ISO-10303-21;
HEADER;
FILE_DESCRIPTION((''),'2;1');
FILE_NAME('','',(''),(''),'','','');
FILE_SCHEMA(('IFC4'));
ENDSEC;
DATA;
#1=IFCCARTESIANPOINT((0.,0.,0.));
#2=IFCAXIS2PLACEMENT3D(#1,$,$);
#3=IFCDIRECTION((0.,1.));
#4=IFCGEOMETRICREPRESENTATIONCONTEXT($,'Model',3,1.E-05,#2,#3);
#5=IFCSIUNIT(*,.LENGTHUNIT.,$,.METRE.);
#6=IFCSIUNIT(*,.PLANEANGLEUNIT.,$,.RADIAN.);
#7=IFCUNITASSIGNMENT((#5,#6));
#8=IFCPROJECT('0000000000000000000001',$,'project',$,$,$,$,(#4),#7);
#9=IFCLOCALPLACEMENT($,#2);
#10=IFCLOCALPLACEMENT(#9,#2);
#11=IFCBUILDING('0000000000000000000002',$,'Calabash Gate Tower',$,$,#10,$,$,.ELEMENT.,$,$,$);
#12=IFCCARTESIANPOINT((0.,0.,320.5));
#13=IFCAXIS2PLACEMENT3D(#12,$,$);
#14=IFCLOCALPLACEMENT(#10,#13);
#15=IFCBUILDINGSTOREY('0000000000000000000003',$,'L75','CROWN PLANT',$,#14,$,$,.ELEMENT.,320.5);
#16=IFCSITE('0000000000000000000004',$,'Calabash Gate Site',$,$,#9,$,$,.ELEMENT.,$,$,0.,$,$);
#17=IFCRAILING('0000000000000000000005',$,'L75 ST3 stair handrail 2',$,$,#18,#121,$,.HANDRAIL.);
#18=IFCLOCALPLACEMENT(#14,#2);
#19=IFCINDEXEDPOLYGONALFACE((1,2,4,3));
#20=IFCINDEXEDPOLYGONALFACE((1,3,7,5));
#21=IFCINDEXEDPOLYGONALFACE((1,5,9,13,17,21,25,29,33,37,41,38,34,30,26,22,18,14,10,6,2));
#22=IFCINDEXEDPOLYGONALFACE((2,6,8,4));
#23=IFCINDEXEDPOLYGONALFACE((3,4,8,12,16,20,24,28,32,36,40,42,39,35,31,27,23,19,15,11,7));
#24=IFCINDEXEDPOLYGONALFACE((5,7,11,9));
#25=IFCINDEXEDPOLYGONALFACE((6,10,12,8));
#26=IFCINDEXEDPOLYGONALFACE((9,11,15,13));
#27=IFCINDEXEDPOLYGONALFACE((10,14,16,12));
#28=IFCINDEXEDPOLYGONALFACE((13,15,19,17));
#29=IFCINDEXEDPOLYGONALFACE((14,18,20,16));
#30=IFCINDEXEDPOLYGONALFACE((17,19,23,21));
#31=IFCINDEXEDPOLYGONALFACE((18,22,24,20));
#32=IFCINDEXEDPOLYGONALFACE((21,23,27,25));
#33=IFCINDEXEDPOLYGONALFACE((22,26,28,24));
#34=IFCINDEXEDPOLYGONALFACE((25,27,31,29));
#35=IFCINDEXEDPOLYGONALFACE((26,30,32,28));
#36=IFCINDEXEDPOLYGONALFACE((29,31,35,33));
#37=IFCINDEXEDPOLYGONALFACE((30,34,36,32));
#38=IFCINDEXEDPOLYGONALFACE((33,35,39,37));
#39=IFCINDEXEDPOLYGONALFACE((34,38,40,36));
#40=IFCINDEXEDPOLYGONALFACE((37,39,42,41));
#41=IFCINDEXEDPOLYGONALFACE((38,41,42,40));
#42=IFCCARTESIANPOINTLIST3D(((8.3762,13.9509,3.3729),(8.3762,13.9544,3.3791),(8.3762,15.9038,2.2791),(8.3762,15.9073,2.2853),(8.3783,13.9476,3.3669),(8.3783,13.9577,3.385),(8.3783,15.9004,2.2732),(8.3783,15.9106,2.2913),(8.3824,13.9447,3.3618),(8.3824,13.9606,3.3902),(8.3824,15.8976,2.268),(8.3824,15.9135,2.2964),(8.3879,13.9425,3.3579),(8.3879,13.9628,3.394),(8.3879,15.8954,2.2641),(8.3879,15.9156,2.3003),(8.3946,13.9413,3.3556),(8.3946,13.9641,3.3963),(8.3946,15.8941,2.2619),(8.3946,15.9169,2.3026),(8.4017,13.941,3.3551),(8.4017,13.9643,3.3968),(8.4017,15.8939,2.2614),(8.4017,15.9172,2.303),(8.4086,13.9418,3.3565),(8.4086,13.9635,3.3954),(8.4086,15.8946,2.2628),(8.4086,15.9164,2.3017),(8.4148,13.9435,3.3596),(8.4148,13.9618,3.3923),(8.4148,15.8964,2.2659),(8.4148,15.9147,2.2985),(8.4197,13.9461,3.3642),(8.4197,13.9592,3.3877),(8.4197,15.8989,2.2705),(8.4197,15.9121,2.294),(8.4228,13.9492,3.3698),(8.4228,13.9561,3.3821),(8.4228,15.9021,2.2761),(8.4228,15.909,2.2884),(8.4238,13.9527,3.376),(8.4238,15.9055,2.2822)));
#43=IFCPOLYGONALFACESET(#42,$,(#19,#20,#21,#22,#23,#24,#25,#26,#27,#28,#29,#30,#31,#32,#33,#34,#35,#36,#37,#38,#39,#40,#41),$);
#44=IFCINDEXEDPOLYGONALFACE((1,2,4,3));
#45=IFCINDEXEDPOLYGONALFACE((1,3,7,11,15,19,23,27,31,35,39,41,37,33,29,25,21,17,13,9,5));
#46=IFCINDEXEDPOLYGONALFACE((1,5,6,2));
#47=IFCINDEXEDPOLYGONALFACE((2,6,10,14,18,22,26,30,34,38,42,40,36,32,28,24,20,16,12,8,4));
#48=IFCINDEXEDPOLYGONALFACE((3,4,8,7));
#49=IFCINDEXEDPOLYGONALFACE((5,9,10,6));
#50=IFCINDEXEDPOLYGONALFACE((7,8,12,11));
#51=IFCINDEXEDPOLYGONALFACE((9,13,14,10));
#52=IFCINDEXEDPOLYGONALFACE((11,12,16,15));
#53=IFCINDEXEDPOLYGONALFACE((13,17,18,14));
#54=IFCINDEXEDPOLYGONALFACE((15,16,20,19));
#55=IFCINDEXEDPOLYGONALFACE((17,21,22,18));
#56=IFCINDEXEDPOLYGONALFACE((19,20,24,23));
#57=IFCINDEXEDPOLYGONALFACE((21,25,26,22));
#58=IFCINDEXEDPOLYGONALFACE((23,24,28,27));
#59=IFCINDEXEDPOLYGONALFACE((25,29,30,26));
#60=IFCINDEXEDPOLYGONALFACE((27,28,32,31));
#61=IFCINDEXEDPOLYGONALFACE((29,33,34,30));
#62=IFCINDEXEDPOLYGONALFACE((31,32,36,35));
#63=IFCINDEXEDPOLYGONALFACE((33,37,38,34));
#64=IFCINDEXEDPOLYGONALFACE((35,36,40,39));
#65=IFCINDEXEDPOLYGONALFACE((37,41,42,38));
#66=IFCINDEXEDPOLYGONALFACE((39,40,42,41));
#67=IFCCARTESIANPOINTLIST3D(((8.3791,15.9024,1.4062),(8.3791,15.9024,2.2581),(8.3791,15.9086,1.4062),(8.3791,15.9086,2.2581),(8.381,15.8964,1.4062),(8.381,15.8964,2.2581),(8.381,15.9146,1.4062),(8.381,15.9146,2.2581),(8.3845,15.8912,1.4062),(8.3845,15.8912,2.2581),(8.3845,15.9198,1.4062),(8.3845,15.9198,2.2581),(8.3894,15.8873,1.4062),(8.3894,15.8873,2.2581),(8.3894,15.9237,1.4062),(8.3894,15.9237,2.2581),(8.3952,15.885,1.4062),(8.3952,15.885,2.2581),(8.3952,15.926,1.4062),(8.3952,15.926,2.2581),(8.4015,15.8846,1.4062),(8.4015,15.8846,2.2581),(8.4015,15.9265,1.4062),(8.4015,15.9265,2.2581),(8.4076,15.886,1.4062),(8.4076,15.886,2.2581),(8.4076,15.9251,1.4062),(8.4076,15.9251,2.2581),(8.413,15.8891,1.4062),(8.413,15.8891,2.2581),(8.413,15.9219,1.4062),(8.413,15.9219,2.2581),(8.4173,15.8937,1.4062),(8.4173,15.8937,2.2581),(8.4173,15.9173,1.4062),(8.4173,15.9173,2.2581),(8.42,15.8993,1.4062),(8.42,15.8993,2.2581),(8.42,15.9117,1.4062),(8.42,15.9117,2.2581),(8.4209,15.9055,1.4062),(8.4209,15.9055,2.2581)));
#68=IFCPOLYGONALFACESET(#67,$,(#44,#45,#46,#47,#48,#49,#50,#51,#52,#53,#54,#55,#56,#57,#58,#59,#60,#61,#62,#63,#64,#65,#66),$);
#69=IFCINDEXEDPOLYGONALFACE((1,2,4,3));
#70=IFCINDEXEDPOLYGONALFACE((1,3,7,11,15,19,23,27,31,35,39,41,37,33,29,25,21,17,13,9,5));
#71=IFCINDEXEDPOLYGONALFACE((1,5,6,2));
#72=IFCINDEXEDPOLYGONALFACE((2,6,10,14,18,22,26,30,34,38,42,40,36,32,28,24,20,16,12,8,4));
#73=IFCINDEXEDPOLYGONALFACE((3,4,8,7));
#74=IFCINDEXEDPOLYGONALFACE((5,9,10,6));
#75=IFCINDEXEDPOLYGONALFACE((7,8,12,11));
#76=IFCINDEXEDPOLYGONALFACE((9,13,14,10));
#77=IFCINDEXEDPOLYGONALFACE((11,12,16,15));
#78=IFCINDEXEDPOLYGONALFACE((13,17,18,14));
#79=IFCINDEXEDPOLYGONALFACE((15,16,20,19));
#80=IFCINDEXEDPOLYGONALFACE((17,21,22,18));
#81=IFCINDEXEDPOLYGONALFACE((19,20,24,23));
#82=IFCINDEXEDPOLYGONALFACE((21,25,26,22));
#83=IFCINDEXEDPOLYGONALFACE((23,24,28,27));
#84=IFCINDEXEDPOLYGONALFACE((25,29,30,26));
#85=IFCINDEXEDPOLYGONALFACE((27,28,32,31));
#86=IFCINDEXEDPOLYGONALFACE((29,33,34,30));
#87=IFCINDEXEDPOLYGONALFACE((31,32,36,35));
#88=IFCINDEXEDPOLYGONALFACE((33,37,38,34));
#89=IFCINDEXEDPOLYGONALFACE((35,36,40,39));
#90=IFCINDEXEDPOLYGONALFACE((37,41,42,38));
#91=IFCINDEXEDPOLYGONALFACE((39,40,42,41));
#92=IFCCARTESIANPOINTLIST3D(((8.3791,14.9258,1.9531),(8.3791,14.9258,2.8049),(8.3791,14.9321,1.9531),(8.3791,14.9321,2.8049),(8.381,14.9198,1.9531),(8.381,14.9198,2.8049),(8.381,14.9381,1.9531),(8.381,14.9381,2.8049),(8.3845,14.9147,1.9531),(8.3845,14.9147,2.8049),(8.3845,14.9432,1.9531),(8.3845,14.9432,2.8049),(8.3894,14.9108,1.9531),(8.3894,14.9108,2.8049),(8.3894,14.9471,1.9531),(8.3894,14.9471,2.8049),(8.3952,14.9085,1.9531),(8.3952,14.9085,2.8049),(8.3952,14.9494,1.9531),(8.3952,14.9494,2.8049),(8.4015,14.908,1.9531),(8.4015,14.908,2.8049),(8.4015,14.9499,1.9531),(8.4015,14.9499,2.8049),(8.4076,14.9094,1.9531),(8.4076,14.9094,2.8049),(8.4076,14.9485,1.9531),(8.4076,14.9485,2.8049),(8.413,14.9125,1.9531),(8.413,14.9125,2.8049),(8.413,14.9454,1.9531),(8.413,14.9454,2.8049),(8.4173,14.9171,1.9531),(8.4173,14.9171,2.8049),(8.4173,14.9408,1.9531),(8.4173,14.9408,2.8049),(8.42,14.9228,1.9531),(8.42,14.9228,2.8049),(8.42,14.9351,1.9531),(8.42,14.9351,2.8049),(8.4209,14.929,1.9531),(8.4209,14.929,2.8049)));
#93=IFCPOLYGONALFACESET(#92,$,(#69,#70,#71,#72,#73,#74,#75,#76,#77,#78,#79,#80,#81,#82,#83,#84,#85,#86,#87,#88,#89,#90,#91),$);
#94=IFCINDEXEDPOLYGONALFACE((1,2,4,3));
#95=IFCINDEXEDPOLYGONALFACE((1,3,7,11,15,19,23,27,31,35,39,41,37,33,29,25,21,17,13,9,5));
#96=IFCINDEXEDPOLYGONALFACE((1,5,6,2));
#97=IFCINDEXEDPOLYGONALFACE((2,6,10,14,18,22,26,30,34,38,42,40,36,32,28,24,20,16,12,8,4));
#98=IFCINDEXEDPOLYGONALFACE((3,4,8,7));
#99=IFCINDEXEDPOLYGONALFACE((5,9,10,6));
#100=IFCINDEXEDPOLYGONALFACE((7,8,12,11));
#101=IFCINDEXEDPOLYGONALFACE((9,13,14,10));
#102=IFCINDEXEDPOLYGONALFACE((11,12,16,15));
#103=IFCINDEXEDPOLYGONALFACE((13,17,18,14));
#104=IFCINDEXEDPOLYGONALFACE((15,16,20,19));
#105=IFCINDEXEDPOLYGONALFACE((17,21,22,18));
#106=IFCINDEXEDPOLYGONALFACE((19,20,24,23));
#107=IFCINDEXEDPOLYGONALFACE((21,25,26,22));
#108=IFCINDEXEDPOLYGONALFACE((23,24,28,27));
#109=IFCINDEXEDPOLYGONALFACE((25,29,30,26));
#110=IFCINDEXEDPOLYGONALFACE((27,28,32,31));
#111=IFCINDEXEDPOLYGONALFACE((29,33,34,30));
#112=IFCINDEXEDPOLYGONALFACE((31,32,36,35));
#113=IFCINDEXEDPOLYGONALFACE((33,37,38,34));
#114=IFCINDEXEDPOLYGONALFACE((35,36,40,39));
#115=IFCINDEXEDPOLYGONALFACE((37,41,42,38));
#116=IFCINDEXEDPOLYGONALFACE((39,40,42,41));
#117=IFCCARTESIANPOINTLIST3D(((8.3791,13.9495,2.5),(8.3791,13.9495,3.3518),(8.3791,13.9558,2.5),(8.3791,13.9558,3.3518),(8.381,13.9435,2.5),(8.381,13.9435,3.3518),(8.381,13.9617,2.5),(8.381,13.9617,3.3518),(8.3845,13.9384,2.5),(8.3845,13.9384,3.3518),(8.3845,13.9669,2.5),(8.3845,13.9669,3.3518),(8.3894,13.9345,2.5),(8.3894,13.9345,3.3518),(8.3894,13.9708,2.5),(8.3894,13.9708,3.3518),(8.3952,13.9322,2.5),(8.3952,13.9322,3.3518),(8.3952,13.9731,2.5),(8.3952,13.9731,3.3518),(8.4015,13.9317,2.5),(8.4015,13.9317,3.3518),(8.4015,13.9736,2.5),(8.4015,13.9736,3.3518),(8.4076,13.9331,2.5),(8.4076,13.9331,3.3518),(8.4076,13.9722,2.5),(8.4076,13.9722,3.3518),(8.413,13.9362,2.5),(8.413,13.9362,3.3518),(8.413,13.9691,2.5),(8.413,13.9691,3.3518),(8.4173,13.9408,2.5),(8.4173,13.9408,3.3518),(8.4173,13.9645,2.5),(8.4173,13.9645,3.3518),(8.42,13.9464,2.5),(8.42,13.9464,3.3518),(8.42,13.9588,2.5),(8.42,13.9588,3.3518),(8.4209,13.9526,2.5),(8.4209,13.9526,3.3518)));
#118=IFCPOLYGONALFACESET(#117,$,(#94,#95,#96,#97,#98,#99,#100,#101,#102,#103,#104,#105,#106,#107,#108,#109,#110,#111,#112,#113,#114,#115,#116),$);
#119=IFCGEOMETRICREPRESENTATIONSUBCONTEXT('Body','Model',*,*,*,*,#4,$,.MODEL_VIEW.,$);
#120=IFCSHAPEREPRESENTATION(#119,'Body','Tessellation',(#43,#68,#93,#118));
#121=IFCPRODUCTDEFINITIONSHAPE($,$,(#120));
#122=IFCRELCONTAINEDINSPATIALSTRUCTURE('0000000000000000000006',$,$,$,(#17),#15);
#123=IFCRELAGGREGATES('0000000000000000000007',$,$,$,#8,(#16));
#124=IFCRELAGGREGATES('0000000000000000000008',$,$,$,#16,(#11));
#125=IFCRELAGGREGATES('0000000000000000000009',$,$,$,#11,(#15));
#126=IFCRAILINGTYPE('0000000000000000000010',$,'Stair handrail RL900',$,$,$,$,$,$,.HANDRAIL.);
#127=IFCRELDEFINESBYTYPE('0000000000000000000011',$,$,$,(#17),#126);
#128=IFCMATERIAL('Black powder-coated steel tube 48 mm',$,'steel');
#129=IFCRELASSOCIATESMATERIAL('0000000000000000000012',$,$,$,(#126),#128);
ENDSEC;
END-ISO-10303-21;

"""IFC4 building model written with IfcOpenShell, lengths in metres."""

from ifc_helpers import new_model, si_unit, direction, frame, origin, origin_2d, place, context, subcontext, project, spatial, circle, extrude, material, type_object, element, save


model = new_model("IFC4")

# Units and contexts
model_context = context("Model", 3, precision=1e-05, world=origin(), true_north=direction((0.0, 1.0)))
body_context = subcontext(model_context, "Body", "Model", "MODEL_VIEW")
ifc_project = project(units=[si_unit("LENGTHUNIT", "METRE"), si_unit("PLANEANGLEUNIT", "RADIAN")], contexts=[model_context])

# Site, building, storey
site_placement = place(None, origin())
site = spatial("IfcSite", under=ifc_project, at=site_placement, Name="Calabash Gate Site", CompositionType="ELEMENT", RefElevation=0.0)
building_placement = place(site_placement, origin())
building = spatial("IfcBuilding", under=site, at=building_placement, Name="Calabash Gate Tower", CompositionType="ELEMENT")
storey_placement = place(building_placement, frame((0.0, 0.0, 320.5)))
storey = spatial("IfcBuildingStorey", under=building, at=storey_placement, Name="L75", Description="CROWN PLANT", CompositionType="ELEMENT", Elevation=320.5)

# Railing
ifc_material_1 = material(Name="Black powder-coated steel tube 48 mm", Category="steel")
railing_type_1 = type_object("IfcRailingType", Name="Stair handrail RL900", PredefinedType="HANDRAIL", material=ifc_material_1)
railing_1_placement = place(storey_placement, frame((8.3999, 15.9055, 1.4062)))
element("IfcRailing", 1, at=railing_1_placement, inside=storey, type_object=railing_type_1, Name="L75 ST3 stair handrail 2", PredefinedType="HANDRAIL", context=body_context, shape_type="SweptSolid", body=[
    extrude(circle(Radius=0.0239, at=origin_2d()), frame((0.0, 0.0, 0.876), z_axis=(0.0, -0.87248, 0.48865), x_axis=(1.0, 0.0, 0.0)), (0.0, 0.0, 1.0), 2.2383),
    extrude(circle(Radius=0.021, at=origin_2d()), origin(), (0.0, 0.0, 1.0), 0.8518),
    extrude(circle(Radius=0.021, at=origin_2d()), frame((0.0, -0.9766, 0.5469)), (0.0, 0.0, 1.0), 0.8518),
    extrude(circle(Radius=0.021, at=origin_2d()), frame((0.0, -1.9529, 1.0938)), (0.0, 0.0, 1.0), 0.8518),
])

save(model, "model.ifc")
